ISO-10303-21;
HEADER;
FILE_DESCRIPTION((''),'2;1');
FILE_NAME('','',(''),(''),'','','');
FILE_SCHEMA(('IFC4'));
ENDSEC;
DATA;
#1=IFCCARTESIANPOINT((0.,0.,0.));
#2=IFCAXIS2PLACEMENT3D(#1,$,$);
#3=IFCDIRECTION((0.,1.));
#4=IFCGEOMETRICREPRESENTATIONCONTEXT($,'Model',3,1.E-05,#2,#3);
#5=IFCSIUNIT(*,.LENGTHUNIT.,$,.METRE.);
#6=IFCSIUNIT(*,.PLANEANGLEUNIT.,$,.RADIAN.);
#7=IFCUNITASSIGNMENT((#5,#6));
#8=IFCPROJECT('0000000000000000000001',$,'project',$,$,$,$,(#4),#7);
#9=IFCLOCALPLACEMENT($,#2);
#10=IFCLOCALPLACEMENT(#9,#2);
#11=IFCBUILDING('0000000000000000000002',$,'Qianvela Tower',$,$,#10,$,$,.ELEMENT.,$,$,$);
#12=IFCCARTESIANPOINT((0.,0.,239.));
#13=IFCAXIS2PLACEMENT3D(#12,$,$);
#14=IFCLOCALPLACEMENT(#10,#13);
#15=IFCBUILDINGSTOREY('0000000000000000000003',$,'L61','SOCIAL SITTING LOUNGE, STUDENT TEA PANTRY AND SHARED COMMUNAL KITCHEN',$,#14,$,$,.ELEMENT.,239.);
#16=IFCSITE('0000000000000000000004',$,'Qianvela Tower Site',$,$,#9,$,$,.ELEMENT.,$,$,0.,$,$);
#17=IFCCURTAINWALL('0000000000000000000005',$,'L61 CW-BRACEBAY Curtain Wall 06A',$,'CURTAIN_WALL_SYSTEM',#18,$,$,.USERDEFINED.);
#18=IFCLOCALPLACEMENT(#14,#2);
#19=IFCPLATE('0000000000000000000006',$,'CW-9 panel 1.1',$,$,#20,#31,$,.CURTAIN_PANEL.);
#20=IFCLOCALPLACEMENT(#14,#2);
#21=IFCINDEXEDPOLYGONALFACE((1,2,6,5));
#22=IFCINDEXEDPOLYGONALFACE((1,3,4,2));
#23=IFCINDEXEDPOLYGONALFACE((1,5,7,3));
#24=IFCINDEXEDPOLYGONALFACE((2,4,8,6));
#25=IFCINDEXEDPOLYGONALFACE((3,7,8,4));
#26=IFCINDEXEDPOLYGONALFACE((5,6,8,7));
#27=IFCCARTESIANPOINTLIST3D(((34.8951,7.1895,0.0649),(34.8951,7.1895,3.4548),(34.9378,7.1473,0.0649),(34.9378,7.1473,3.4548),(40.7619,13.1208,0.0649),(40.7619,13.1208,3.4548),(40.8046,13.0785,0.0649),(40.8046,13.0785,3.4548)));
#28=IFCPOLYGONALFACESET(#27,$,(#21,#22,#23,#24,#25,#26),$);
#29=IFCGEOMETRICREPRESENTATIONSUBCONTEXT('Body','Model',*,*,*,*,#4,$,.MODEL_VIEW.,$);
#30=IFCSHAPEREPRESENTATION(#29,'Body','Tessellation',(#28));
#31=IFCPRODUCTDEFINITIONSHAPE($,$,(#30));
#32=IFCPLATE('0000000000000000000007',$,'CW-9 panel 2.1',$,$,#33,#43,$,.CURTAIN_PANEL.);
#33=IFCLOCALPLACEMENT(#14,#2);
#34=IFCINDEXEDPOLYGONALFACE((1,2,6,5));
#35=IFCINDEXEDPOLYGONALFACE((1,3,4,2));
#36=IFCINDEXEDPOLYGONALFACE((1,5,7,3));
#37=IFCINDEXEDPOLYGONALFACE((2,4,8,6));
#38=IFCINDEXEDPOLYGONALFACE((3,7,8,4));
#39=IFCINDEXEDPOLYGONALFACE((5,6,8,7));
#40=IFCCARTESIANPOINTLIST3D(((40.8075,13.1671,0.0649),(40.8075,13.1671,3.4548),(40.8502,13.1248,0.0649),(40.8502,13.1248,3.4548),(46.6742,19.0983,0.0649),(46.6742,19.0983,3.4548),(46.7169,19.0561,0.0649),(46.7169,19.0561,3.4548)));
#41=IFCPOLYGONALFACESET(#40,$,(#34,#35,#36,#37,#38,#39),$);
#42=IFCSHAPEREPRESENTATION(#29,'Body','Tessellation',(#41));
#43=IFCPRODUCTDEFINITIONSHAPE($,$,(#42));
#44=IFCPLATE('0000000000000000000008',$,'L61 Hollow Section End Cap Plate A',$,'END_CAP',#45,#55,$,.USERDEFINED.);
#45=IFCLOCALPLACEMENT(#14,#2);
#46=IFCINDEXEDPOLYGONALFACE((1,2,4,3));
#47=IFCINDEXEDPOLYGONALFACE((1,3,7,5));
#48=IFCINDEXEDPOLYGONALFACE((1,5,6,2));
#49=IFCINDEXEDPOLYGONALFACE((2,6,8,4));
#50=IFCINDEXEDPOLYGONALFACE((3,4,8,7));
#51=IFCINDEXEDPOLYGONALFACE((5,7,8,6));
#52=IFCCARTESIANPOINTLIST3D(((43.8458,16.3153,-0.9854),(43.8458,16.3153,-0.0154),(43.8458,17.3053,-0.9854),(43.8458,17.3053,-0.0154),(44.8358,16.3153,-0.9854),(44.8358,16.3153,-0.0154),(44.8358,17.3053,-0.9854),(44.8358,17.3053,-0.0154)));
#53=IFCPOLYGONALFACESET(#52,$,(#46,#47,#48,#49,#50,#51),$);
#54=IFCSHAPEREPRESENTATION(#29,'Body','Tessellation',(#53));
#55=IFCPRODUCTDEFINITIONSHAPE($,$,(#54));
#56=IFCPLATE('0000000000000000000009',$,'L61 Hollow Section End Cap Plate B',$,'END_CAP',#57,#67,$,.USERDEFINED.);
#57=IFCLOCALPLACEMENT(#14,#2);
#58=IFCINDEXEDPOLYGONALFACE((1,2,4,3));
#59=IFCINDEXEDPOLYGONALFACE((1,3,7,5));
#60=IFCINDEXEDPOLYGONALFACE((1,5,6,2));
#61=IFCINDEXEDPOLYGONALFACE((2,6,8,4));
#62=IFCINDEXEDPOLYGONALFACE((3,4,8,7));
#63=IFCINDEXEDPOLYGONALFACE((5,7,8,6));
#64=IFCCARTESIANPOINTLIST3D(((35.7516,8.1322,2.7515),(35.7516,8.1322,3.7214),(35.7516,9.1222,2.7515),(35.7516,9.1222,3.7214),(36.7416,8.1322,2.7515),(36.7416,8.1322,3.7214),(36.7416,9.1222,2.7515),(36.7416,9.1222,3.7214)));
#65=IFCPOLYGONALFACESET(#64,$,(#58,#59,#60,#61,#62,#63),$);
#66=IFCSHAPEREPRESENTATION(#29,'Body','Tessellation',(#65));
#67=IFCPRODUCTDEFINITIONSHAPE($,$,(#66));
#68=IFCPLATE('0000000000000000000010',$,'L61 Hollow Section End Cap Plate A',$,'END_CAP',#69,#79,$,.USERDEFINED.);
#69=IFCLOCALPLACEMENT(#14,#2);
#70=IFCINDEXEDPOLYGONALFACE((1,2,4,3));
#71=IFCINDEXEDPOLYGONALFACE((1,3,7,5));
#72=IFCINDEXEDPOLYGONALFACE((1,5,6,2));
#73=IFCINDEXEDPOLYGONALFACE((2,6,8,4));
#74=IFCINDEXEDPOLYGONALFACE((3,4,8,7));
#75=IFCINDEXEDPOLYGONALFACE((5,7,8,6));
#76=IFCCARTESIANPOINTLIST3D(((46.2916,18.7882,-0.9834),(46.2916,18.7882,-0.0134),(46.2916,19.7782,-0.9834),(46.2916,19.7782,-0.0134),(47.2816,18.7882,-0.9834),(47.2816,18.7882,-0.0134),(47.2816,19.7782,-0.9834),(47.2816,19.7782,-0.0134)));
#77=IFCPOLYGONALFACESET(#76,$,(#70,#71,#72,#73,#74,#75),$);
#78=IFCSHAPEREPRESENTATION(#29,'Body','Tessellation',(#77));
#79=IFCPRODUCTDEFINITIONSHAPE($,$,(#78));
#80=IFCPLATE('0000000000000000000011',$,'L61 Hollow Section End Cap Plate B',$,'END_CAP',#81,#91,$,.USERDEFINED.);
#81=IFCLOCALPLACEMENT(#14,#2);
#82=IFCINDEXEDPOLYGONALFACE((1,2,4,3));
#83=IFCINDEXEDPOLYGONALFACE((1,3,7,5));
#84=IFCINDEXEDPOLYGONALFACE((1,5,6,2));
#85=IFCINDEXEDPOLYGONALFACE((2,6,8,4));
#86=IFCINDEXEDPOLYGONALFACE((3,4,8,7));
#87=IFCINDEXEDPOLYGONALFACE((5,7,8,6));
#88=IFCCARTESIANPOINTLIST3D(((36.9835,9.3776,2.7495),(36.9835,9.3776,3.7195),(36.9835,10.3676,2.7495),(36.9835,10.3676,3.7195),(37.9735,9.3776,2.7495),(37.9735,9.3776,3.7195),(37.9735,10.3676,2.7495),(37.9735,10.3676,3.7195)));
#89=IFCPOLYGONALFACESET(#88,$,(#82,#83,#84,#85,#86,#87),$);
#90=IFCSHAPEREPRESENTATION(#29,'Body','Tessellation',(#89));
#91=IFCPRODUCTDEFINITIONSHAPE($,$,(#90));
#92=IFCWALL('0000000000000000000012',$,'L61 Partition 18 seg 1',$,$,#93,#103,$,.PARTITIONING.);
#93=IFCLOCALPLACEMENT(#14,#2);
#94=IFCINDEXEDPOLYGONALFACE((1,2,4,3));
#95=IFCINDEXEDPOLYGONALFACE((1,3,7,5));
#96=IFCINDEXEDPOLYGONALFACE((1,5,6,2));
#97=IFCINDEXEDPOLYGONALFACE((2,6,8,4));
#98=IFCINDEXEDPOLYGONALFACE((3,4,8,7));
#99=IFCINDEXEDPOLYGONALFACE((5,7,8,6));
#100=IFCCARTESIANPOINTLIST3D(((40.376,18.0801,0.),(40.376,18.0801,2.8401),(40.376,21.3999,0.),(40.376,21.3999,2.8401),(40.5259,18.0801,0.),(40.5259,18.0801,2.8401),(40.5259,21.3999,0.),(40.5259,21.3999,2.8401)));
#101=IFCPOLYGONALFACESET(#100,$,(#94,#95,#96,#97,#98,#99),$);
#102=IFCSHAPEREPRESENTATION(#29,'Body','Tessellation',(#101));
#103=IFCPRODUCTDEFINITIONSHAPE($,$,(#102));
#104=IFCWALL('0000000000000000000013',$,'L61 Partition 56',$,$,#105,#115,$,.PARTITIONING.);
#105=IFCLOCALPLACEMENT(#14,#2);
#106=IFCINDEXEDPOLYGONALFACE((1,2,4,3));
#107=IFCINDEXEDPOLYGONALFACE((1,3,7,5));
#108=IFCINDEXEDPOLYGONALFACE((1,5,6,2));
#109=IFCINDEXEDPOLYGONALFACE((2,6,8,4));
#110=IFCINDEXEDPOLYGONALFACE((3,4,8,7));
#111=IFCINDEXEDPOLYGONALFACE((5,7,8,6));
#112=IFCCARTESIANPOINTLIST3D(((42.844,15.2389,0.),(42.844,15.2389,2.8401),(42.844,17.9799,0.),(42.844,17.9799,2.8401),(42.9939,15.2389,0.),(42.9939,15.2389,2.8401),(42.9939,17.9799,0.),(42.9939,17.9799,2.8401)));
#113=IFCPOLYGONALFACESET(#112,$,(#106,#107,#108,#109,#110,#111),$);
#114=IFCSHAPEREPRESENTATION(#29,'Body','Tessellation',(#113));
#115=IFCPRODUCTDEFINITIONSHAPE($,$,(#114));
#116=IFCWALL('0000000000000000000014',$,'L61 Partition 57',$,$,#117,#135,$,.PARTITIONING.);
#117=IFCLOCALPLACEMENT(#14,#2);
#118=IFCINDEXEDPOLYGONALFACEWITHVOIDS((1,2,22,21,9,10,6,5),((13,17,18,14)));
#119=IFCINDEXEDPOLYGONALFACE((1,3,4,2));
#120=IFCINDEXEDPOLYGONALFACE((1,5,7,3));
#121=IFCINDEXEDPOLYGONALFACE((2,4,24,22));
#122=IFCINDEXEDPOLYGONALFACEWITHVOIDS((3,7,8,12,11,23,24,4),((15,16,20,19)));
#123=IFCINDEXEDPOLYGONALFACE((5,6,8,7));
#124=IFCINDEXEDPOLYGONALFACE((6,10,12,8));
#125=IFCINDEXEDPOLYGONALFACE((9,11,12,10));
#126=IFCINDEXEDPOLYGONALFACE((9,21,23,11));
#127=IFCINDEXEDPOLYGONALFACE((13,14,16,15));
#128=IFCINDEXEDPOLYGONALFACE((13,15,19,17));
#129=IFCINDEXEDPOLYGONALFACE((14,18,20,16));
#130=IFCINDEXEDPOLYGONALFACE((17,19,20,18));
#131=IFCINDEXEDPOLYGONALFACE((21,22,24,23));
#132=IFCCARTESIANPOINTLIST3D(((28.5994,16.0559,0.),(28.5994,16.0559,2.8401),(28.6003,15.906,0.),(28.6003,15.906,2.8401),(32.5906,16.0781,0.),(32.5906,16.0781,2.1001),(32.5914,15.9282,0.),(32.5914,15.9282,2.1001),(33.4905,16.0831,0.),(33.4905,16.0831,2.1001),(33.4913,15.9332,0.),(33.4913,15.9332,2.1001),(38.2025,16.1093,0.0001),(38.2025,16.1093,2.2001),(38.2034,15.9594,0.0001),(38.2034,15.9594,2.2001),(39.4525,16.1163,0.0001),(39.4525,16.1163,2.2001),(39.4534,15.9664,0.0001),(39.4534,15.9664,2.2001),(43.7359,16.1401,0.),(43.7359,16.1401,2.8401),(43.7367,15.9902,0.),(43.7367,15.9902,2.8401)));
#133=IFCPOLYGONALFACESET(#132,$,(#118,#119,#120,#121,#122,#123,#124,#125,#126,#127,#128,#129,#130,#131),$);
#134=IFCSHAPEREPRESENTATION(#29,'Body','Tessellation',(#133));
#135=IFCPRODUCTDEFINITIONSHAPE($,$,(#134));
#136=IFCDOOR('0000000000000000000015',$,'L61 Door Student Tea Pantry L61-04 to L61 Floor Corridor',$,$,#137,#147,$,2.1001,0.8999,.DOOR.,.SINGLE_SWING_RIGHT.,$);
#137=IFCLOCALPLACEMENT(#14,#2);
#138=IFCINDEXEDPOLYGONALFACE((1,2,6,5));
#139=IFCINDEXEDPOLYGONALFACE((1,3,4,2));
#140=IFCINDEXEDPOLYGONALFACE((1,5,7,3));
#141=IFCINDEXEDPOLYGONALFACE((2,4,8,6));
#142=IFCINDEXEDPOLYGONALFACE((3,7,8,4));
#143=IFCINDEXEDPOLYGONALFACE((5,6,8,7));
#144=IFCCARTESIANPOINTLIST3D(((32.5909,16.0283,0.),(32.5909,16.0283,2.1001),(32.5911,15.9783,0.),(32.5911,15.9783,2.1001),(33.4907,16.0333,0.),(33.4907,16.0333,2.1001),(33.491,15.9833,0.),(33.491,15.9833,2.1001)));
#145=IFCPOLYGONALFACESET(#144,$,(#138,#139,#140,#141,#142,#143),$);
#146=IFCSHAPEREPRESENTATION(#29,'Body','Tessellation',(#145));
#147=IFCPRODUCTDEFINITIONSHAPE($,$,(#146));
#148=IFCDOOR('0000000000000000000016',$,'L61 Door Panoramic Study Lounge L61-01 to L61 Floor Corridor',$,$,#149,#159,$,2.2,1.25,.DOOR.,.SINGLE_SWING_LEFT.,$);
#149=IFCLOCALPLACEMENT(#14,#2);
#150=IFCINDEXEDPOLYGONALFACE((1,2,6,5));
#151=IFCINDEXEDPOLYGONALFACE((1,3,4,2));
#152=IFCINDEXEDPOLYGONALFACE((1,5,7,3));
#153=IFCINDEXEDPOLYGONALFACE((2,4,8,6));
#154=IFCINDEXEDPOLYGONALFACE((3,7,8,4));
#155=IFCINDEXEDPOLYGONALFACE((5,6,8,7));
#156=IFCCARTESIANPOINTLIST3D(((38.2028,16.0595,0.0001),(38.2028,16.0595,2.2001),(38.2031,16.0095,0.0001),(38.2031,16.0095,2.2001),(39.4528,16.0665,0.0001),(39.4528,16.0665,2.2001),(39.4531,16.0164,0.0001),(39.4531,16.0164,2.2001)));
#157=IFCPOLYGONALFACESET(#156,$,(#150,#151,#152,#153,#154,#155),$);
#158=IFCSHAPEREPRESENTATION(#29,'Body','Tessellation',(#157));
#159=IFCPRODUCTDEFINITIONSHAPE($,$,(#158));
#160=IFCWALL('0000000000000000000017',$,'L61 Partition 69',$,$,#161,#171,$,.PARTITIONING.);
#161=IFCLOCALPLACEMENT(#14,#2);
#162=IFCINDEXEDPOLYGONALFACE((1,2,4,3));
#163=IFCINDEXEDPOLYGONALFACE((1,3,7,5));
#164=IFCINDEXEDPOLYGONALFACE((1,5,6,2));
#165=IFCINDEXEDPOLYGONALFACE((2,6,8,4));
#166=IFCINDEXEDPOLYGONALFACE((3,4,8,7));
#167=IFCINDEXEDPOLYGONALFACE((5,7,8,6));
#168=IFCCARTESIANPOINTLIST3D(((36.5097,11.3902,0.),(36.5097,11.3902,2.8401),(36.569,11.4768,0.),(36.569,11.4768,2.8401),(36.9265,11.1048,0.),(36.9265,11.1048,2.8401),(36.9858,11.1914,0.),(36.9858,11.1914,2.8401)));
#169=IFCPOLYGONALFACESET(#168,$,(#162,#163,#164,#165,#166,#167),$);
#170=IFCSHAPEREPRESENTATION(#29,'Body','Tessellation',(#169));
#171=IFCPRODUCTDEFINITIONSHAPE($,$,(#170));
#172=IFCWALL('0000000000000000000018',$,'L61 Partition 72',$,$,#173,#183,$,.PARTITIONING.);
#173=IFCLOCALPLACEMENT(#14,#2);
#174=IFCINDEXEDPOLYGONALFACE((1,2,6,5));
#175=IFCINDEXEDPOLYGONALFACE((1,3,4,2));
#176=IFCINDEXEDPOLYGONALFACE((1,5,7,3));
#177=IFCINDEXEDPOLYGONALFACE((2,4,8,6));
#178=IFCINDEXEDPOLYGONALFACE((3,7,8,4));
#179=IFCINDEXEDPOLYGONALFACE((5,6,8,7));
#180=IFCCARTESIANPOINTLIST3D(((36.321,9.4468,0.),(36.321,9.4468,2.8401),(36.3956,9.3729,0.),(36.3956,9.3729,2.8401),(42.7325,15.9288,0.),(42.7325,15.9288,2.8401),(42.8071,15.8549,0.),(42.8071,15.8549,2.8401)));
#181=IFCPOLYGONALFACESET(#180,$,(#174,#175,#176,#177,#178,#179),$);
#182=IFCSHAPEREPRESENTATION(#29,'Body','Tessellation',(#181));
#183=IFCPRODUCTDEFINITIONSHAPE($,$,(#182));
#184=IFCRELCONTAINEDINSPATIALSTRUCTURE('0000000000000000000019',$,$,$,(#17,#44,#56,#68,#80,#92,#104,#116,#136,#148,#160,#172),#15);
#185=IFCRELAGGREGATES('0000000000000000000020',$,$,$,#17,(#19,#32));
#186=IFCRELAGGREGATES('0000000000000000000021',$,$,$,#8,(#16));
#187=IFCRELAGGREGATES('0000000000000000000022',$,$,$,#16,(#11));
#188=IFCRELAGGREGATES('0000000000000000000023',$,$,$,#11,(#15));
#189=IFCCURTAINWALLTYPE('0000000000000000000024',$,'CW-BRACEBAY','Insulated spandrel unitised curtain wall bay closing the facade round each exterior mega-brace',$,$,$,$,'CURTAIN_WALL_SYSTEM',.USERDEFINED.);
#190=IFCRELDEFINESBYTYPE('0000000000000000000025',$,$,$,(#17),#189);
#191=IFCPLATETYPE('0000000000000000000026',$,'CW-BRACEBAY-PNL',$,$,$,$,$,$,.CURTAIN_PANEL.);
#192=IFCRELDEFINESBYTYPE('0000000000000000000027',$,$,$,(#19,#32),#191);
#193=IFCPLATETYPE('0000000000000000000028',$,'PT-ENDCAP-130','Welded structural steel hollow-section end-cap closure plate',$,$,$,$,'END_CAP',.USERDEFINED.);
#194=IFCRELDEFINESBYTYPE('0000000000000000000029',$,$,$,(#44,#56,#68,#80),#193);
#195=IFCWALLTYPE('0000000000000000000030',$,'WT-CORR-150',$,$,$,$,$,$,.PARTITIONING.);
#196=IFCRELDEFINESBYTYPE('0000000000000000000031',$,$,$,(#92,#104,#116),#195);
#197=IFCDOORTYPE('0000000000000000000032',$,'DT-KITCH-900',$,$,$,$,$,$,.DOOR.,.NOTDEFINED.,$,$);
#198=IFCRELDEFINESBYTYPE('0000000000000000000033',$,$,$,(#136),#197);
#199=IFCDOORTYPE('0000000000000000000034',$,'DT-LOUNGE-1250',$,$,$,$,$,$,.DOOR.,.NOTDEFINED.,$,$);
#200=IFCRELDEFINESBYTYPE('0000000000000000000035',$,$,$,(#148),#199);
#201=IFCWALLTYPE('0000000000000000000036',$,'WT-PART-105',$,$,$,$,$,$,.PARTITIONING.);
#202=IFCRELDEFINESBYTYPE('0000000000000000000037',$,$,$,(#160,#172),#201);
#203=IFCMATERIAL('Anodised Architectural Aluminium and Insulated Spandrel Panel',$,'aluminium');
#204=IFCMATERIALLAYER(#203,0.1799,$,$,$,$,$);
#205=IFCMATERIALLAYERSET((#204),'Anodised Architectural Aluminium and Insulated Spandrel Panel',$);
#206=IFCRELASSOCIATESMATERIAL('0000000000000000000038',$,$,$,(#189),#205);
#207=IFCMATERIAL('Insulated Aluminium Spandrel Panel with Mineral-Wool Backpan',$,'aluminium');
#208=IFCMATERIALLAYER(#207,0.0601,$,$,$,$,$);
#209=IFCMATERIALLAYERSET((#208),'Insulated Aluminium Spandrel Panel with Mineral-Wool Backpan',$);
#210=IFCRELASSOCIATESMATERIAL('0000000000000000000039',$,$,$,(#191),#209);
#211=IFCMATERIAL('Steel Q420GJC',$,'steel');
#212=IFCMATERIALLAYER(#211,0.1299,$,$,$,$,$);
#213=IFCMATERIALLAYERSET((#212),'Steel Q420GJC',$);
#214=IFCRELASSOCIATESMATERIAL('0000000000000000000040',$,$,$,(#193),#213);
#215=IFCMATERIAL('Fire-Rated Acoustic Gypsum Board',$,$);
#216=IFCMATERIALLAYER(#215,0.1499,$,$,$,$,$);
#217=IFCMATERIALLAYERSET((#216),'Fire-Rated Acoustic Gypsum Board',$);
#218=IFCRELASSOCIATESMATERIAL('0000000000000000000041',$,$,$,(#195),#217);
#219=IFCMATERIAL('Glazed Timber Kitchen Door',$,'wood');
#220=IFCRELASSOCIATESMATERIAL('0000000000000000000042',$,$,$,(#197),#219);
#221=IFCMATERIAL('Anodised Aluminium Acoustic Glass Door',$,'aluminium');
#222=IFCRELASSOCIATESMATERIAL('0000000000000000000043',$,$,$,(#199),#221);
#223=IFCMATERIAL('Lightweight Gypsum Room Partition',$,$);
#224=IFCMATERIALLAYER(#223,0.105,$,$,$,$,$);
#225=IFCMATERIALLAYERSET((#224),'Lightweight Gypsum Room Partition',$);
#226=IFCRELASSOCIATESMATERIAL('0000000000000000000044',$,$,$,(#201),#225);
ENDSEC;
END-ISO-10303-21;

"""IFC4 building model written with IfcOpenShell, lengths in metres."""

from ifc_helpers import new_model, si_unit, direction, frame, frame_2d, origin, origin_2d, place, context, subcontext, project, spatial, rectangle, extrude, material, layer, layer_set, type_object, element, fill, aggregate, save


model = new_model("IFC4")

# Units and contexts
model_context = context("Model", 3, precision=1e-05, world=origin(), true_north=direction((0.0, 1.0)))
body_context = subcontext(model_context, "Body", "Model", "MODEL_VIEW")
ifc_project = project(units=[si_unit("LENGTHUNIT", "METRE"), si_unit("PLANEANGLEUNIT", "RADIAN")], contexts=[model_context])

# Site, building, storey
site_placement = place(None, origin())
site = spatial("IfcSite", under=ifc_project, at=site_placement, Name="Qianvela Tower Site", CompositionType="ELEMENT", RefElevation=0.0)
building_placement = place(site_placement, origin())
building = spatial("IfcBuilding", under=site, at=building_placement, Name="Qianvela Tower", CompositionType="ELEMENT")
storey_placement = place(building_placement, frame((0.0, 0.0, 239.0)))
storey = spatial("IfcBuildingStorey", under=building, at=storey_placement, Name="L61", Description="SOCIAL SITTING LOUNGE, STUDENT TEA PANTRY AND SHARED COMMUNAL KITCHEN", CompositionType="ELEMENT", Elevation=239.0)

# Curtain wall
ifc_material_1 = material(Name="Anodised Architectural Aluminium and Insulated Spandrel Panel", Category="aluminium")
ifc_layer_1 = layer(ifc_material_1, 0.1799)
ifc_layer_set_1 = layer_set([ifc_layer_1], Name="Anodised Architectural Aluminium and Insulated Spandrel Panel")
curtain_wall_type_1 = type_object("IfcCurtainWallType", Name="CW-BRACEBAY", Description="Insulated spandrel unitised curtain wall bay closing the facade round each exterior mega-brace", ElementType="CURTAIN_WALL_SYSTEM", PredefinedType="USERDEFINED", material=ifc_layer_set_1)
curtain_wall_1_placement = place(storey_placement, origin())
curtain_wall_1 = element("IfcCurtainWall", 1, at=curtain_wall_1_placement, inside=storey, type_object=curtain_wall_type_1, Name="L61 CW-BRACEBAY Curtain Wall 06A", ObjectType="CURTAIN_WALL_SYSTEM", PredefinedType="USERDEFINED")

# Plates
ifc_material_2 = material(Name="Insulated Aluminium Spandrel Panel with Mineral-Wool Backpan", Category="aluminium")
ifc_layer_2 = layer(ifc_material_2, 0.0601)
ifc_layer_set_2 = layer_set([ifc_layer_2], Name="Insulated Aluminium Spandrel Panel with Mineral-Wool Backpan")
plate_type_1 = type_object("IfcPlateType", Name="CW-BRACEBAY-PNL", PredefinedType="CURTAIN_PANEL", material=ifc_layer_set_2)
plate_1_placement = place(storey_placement, frame((37.8499, 10.134, 0.0649), z_axis=(0.0, 0.0, 1.0), x_axis=(0.703231, 0.710962, 0.0)))
plate_1 = element("IfcPlate", 2, at=plate_1_placement, type_object=plate_type_1, Name="CW-9 panel 1.1", PredefinedType="CURTAIN_PANEL", context=body_context, shape_type="SweptSolid", body=[
    extrude(rectangle(XDim=8.3425, YDim=0.0601, at=origin_2d()), origin(), (0.0, 0.0, 1.0), 3.3899),
])
plate_2_placement = place(storey_placement, frame((43.7622, 16.1116, 0.0649), z_axis=(0.0, 0.0, 1.0), x_axis=(0.703231, 0.710962, 0.0)))
plate_2 = element("IfcPlate", 3, at=plate_2_placement, type_object=plate_type_1, Name="CW-9 panel 2.1", PredefinedType="CURTAIN_PANEL", context=body_context, shape_type="SweptSolid", body=[
    extrude(rectangle(XDim=8.3425, YDim=0.0601, at=origin_2d()), origin(), (0.0, 0.0, 1.0), 3.3899),
])
aggregate(curtain_wall_1, [plate_1, plate_2])

# Plates
ifc_material_3 = material(Name="Steel Q420GJC", Category="steel")
ifc_layer_3 = layer(ifc_material_3, 0.1299)
ifc_layer_set_3 = layer_set([ifc_layer_3], Name="Steel Q420GJC")
plate_type_2 = type_object("IfcPlateType", Name="PT-ENDCAP-130", Description="Welded structural steel hollow-section end-cap closure plate", ElementType="END_CAP", PredefinedType="USERDEFINED", material=ifc_layer_set_3)
for number, where, z_axis, x_axis, name in (
    (4, (44.3408, 16.8103, -0.9854), (0.0, 0.0, 1.0), (1.0, 0.0, 0.0), "L61 Hollow Section End Cap Plate A"),
    (5, (36.2466, 8.6272, 2.7515), (0.0, 0.0, 1.0), (1.0, 0.0, 0.0), "L61 Hollow Section End Cap Plate B"),
    (6, (46.7866, 19.2832, -0.9834), (0.0, 0.0, 1.0), (1.0, 0.0, 0.0), "L61 Hollow Section End Cap Plate A"),
    (7, (37.4785, 9.8726, 2.7495), (0.0, 0.0, 1.0), (1.0, 0.0, 0.0), "L61 Hollow Section End Cap Plate B"),
):
    element("IfcPlate", number, at=place(storey_placement, frame(where, z_axis=z_axis, x_axis=x_axis)), inside=storey, type_object=plate_type_2, Name=name, ObjectType="END_CAP", PredefinedType="USERDEFINED", context=body_context, shape_type="SweptSolid", body=[
        extrude(rectangle(XDim=0.99, YDim=0.99, at=origin_2d()), origin(), (0.0, 0.0, 1.0), 0.97),
    ])

# Shared definitions
ifc_material_4 = material(Name="Fire-Rated Acoustic Gypsum Board")
ifc_layer_4 = layer(ifc_material_4, 0.1499)
ifc_layer_set_4 = layer_set([ifc_layer_4], Name="Fire-Rated Acoustic Gypsum Board")
wall_type_1 = type_object("IfcWallType", Name="WT-CORR-150", PredefinedType="PARTITIONING", material=ifc_layer_set_4)

# Walls
wall_1_placement = place(storey_placement, frame((40.4509, 18.0801, 0.0), z_axis=(0.0, 0.0, 1.0), x_axis=(0.0, 1.0, 0.0)))
element("IfcWall", 8, at=wall_1_placement, inside=storey, type_object=wall_type_1, Name="L61 Partition 18 seg 1", PredefinedType="PARTITIONING", context=body_context, shape_type="SweptSolid", body=[
    extrude(rectangle(XDim=3.3198, YDim=0.1499, at=frame_2d((1.6599, 0.0))), origin(), (0.0, 0.0, 1.0), 2.8401),
])
wall_2_placement = place(storey_placement, frame((42.9189, 17.98, 0.0), z_axis=(0.0, 0.0, 1.0), x_axis=(0.0, -1.0, 0.0)))
element("IfcWall", 9, at=wall_2_placement, inside=storey, type_object=wall_type_1, Name="L61 Partition 56", PredefinedType="PARTITIONING", context=body_context, shape_type="SweptSolid", body=[
    extrude(rectangle(XDim=2.741, YDim=0.1499, at=frame_2d((1.3706, 0.0))), origin(), (0.0, 0.0, 1.0), 2.8401),
])

# Wall, openings, doors
wall_3_placement = place(storey_placement, frame((43.7363, 16.0652, 0.0), z_axis=(0.0, 0.0, 1.0), x_axis=(-0.999985, -0.005565, 0.0)))
wall_3 = element("IfcWall", 10, at=wall_3_placement, inside=storey, type_object=wall_type_1, Name="L61 Partition 57", PredefinedType="PARTITIONING", context=body_context, shape_type="SweptSolid", body=[
    extrude(rectangle(XDim=15.1367, YDim=0.1499, at=frame_2d((7.5684, 0.0))), origin(), (0.0, 0.0, 1.0), 2.8401),
])
opening_1_placement = place(wall_3_placement, frame((4.2834, 0.0, 0.0)))
opening_1 = element("IfcOpeningElement", 11, at=opening_1_placement, cuts=wall_3, PredefinedType="OPENING", context=body_context, shape_type="SweptSolid", body=[
    extrude(rectangle(XDim=1.25, YDim=2.2, at=frame_2d((0.625, 1.1001))), frame((0.0, 0.085, 0.0), z_axis=(0.0, -1.0, 0.0), x_axis=(1.0, 0.0, 0.0)), (0.0, 0.0, 1.0), 0.1699),
])
opening_2_placement = place(wall_3_placement, frame((10.2456, 0.0, 0.0)))
opening_2 = element("IfcOpeningElement", 12, at=opening_2_placement, cuts=wall_3, PredefinedType="OPENING", context=body_context, shape_type="SweptSolid", body=[
    extrude(rectangle(XDim=0.8999, YDim=2.1001, at=frame_2d((0.45, 1.05))), frame((0.0, 0.085, 0.0), z_axis=(0.0, -1.0, 0.0), x_axis=(1.0, 0.0, 0.0)), (0.0, 0.0, 1.0), 0.1699),
])
ifc_material_5 = material(Name="Glazed Timber Kitchen Door", Category="wood")
door_type_1 = type_object("IfcDoorType", Name="DT-KITCH-900", OperationType="NOTDEFINED", PredefinedType="DOOR", material=ifc_material_5)
door_1_placement = place(opening_2_placement, origin())
door_1 = element("IfcDoor", 13, at=door_1_placement, inside=storey, type_object=door_type_1, Name="L61 Door Student Tea Pantry L61-04 to L61 Floor Corridor", OperationType="SINGLE_SWING_RIGHT", OverallHeight=2.1001, OverallWidth=0.8999, PredefinedType="DOOR", context=body_context, shape_type="SweptSolid", body=[
    extrude(rectangle(XDim=0.8999, YDim=2.1001, at=frame_2d((0.45, 1.05))), frame((0.0, 0.0249, 0.0), z_axis=(0.0, -1.0, 0.0), x_axis=(1.0, 0.0, 0.0)), (0.0, 0.0, 1.0), 0.05),
])
fill(opening_2, door_1)
ifc_material_6 = material(Name="Anodised Aluminium Acoustic Glass Door", Category="aluminium")
door_type_2 = type_object("IfcDoorType", Name="DT-LOUNGE-1250", OperationType="NOTDEFINED", PredefinedType="DOOR", material=ifc_material_6)
door_2_placement = place(opening_1_placement, origin())
door_2 = element("IfcDoor", 14, at=door_2_placement, inside=storey, type_object=door_type_2, Name="L61 Door Panoramic Study Lounge L61-01 to L61 Floor Corridor", OperationType="SINGLE_SWING_LEFT", OverallHeight=2.2, OverallWidth=1.25, PredefinedType="DOOR", context=body_context, shape_type="SweptSolid", body=[
    extrude(rectangle(XDim=1.25, YDim=2.2, at=frame_2d((0.625, 1.1001))), frame((0.0, 0.0249, 0.0), z_axis=(0.0, -1.0, 0.0), x_axis=(1.0, 0.0, 0.0)), (0.0, 0.0, 1.0), 0.05),
])
fill(opening_1, door_2)

# Walls
ifc_material_7 = material(Name="Lightweight Gypsum Room Partition")
ifc_layer_5 = layer(ifc_material_7, 0.105)
ifc_layer_set_5 = layer_set([ifc_layer_5], Name="Lightweight Gypsum Room Partition")
wall_type_2 = type_object("IfcWallType", Name="WT-PART-105", PredefinedType="PARTITIONING", material=ifc_layer_set_5)
wall_4_placement = place(storey_placement, frame((36.9561, 11.1482, 0.0), z_axis=(0.0, 0.0, 1.0), x_axis=(-0.82507, 0.56503, 0.0)))
element("IfcWall", 15, at=wall_4_placement, inside=storey, type_object=wall_type_2, Name="L61 Partition 69", PredefinedType="PARTITIONING", context=body_context, shape_type="SweptSolid", body=[
    extrude(rectangle(XDim=0.5051, YDim=0.105, at=frame_2d((0.2524, 0.0))), origin(), (0.0, 0.0, 1.0), 2.8401),
])
wall_5_placement = place(storey_placement, frame((42.7698, 15.8918, 0.0), z_axis=(0.0, 0.0, 1.0), x_axis=(-0.703227, -0.710966, 0.0)))
element("IfcWall", 16, at=wall_5_placement, inside=storey, type_object=wall_type_2, Name="L61 Partition 72", PredefinedType="PARTITIONING", context=body_context, shape_type="SweptSolid", body=[
    extrude(rectangle(XDim=9.1172, YDim=0.105, at=frame_2d((4.5586, 0.0))), origin(), (0.0, 0.0, 1.0), 2.8401),
])

save(model, "model.ifc")
